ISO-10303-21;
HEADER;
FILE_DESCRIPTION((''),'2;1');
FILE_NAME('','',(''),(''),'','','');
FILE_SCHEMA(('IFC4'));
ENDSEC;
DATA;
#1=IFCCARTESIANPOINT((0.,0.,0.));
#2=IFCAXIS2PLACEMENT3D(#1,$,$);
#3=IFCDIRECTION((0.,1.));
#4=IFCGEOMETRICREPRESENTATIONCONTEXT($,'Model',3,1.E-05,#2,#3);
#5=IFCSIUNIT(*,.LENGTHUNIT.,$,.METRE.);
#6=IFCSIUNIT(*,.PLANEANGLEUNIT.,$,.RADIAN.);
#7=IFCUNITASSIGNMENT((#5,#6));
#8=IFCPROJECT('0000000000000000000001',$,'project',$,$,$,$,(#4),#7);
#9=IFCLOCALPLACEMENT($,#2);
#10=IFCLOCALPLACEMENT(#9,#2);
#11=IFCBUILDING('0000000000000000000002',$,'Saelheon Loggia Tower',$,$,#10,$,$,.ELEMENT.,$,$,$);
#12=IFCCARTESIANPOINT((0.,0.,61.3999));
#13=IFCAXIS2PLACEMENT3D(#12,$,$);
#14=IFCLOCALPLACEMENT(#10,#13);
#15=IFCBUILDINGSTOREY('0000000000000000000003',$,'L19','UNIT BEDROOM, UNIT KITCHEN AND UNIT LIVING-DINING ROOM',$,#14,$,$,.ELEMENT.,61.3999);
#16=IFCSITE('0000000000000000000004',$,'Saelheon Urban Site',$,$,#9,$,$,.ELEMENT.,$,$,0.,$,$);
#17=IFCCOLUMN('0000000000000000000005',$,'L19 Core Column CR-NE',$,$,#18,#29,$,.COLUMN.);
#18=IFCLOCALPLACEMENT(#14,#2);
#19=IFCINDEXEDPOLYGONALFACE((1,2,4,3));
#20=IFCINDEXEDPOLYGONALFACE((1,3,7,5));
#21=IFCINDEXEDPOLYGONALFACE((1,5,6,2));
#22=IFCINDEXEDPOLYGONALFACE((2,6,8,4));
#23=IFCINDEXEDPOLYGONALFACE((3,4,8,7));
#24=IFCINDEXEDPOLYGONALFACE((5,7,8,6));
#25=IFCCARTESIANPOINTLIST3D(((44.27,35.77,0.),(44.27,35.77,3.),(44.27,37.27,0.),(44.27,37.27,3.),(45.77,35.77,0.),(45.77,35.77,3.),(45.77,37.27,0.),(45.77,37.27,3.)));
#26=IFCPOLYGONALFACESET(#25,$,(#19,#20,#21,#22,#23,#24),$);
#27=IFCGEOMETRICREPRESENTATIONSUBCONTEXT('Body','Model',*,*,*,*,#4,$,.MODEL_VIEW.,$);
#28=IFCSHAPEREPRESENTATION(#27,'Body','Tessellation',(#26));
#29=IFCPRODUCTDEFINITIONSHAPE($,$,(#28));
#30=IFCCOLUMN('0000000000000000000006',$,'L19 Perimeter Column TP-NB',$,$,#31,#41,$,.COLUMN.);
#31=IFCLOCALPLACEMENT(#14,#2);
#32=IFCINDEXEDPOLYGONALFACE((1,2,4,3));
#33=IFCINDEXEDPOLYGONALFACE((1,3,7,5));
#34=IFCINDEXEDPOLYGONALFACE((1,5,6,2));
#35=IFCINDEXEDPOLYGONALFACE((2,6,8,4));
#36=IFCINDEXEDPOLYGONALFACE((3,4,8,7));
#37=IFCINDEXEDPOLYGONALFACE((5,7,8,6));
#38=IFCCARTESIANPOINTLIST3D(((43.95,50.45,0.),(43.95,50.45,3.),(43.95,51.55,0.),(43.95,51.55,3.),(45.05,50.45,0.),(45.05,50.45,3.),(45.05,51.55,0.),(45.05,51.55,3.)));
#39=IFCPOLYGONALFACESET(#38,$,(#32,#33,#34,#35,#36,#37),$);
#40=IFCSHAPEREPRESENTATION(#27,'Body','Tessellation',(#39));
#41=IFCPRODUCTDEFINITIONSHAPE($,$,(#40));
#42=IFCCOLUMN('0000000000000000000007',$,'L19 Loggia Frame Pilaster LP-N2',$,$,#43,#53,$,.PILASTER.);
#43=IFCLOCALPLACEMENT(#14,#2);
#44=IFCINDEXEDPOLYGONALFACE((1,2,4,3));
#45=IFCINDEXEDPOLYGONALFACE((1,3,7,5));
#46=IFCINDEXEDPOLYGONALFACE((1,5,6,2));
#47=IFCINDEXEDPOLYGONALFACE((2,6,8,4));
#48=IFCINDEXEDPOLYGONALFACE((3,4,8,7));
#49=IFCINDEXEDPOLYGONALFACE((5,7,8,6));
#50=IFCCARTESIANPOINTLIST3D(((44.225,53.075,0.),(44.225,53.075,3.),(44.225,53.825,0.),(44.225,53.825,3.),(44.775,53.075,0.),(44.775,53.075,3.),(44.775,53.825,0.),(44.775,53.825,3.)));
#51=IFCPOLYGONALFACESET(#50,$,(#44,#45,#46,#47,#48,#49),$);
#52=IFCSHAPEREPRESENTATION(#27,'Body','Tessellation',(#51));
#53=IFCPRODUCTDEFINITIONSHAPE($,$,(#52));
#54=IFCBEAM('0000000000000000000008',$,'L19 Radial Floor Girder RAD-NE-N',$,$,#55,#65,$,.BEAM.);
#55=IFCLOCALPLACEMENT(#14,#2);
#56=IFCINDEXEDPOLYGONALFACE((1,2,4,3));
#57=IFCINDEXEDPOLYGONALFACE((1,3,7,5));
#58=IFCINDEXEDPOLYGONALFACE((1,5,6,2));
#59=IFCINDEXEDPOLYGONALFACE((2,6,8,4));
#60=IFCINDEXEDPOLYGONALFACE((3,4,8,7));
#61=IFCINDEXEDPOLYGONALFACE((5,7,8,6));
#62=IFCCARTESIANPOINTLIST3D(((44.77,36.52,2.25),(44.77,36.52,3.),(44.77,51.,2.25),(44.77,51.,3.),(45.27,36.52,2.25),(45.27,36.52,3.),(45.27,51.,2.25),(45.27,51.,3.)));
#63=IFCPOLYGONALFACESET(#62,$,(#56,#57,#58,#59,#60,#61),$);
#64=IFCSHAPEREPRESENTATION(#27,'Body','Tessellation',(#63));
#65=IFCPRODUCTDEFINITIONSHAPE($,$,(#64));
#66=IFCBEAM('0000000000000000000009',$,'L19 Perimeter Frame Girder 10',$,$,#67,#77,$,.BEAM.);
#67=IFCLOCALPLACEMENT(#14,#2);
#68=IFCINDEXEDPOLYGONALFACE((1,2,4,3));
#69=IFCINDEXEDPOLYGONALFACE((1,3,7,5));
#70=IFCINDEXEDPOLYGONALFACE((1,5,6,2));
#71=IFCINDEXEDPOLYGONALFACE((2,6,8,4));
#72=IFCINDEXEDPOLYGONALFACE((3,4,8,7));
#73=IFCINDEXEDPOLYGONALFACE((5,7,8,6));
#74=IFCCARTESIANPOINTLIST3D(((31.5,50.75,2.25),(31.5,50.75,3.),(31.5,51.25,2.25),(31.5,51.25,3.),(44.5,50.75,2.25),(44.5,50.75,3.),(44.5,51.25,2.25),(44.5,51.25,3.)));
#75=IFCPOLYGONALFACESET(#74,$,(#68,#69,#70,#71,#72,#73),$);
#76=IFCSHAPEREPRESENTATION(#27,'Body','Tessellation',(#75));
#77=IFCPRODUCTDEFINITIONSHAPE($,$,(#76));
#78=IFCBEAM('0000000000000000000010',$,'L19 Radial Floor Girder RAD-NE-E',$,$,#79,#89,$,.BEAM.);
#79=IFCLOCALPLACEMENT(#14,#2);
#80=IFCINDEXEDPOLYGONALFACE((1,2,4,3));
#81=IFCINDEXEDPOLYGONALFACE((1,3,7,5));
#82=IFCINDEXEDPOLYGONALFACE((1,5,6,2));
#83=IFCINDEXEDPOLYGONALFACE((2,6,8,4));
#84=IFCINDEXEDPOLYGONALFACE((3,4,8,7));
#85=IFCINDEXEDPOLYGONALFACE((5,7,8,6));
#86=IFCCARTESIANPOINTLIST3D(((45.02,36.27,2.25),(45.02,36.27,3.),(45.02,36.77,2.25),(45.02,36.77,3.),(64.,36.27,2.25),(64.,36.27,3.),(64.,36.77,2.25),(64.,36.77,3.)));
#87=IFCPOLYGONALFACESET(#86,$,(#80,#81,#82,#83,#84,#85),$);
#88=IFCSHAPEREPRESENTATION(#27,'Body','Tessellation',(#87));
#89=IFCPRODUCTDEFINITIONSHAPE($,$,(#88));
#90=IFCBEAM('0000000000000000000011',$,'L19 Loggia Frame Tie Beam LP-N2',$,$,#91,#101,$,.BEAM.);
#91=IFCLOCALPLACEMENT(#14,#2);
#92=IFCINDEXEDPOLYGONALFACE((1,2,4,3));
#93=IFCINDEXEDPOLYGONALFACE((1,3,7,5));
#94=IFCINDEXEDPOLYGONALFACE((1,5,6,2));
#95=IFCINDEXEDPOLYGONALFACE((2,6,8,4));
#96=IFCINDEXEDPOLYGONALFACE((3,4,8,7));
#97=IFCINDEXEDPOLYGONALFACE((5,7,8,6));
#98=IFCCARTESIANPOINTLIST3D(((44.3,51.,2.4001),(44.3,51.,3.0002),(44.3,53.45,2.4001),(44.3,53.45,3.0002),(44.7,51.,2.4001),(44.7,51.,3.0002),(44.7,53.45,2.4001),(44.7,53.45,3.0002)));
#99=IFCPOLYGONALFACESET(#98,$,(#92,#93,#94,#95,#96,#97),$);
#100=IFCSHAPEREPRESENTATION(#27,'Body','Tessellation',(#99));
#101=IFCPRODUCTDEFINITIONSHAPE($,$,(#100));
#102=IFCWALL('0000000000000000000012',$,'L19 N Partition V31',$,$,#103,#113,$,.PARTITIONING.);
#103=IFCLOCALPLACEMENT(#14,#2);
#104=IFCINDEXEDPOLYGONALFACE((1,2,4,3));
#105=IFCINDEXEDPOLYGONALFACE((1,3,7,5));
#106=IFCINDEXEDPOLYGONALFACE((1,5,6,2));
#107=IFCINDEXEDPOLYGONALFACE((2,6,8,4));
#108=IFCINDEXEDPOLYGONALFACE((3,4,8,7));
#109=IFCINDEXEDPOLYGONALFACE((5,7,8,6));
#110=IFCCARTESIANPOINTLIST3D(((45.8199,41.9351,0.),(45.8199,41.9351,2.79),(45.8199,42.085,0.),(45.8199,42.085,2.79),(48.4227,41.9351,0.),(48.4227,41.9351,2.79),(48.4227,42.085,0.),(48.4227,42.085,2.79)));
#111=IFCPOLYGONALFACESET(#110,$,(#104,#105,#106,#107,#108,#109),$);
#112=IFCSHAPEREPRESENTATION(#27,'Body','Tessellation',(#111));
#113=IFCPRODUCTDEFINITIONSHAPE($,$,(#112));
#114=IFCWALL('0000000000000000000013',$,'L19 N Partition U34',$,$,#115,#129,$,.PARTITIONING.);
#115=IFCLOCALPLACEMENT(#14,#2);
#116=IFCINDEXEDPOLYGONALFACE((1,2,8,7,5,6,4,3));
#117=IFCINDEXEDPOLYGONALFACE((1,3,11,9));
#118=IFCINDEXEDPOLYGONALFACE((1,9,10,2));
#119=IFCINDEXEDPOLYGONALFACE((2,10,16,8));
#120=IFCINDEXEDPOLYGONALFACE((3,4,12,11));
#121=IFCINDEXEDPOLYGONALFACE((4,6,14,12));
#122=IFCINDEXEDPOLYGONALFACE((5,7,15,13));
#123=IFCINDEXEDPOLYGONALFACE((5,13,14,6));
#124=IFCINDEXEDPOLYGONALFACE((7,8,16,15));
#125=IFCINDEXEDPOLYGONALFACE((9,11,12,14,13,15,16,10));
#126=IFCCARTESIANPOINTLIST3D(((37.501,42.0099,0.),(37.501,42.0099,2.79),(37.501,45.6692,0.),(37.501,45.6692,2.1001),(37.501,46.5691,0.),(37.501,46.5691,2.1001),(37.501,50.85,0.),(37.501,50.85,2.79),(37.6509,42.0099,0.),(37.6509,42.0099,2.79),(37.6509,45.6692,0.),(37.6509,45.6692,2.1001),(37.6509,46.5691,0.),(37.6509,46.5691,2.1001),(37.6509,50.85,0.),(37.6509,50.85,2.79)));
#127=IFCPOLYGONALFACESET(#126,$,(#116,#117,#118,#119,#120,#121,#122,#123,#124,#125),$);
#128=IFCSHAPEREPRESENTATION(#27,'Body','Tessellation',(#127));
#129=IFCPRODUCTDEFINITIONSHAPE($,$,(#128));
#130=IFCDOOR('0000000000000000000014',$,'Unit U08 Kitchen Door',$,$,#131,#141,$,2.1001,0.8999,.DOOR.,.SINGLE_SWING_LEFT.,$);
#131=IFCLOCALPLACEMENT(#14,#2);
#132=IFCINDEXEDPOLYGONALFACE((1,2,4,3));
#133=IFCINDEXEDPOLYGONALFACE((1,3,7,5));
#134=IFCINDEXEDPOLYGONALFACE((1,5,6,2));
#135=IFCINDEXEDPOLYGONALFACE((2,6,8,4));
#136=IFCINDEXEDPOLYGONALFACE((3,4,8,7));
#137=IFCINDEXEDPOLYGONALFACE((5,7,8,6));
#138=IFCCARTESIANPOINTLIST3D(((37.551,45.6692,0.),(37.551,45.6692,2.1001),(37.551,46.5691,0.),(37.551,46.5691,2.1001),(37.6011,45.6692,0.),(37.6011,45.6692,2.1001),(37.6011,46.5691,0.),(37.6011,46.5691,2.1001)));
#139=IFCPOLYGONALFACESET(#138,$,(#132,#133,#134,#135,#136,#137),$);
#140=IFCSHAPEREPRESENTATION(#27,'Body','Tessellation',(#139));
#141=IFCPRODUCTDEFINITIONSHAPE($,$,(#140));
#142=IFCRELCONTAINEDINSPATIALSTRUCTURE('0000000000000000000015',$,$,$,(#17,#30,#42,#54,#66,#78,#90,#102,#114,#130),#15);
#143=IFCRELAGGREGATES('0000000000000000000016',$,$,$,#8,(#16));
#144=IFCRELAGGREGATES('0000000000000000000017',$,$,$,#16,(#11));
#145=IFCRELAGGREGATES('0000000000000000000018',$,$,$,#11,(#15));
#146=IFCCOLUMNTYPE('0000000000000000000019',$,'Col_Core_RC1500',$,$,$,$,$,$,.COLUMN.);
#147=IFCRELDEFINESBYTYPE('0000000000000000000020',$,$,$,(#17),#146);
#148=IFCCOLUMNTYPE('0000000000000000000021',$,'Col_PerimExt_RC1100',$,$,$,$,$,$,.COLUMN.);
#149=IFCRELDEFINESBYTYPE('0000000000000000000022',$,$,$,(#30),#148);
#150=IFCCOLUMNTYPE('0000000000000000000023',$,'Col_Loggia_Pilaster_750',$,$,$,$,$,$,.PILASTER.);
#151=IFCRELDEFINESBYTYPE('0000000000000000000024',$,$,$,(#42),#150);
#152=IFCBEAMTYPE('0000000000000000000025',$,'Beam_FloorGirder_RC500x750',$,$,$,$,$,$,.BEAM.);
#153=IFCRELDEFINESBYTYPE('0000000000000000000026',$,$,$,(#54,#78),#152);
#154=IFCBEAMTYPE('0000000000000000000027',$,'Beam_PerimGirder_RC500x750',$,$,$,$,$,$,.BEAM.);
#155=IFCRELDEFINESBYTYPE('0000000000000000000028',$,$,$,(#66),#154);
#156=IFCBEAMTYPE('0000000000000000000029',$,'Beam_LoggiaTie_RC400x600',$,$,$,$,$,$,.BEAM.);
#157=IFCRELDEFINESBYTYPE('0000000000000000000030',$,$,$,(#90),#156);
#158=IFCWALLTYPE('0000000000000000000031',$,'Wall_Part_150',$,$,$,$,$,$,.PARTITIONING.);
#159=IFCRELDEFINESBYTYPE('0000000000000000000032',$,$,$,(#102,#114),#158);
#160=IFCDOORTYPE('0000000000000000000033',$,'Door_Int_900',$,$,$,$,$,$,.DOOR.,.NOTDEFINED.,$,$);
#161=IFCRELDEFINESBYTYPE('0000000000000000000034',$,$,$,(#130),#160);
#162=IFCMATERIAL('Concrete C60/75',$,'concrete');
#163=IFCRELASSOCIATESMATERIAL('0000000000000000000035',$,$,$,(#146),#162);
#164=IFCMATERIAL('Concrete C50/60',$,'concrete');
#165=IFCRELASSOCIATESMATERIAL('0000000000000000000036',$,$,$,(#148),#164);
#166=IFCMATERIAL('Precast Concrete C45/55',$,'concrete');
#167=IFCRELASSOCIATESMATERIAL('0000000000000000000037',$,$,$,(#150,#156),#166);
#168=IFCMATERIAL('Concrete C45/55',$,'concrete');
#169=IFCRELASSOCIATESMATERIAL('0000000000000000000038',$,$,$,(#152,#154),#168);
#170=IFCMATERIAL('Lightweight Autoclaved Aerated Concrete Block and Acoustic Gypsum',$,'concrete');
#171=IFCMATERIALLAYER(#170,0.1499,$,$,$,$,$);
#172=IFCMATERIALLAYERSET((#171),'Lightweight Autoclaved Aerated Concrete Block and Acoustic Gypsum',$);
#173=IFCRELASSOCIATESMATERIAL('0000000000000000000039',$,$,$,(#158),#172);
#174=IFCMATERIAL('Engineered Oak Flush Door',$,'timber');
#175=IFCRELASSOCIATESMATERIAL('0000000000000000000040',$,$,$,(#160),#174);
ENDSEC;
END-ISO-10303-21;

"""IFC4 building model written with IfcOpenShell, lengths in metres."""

from ifc_helpers import new_model, si_unit, direction, frame, frame_2d, origin, origin_2d, place, context, subcontext, project, spatial, rectangle, extrude, source, transform, mapped, material, layer, layer_set, material_profile, profile_set, type_object, element, fill, save


model = new_model("IFC4")

# Units and contexts
model_context = context("Model", 3, precision=1e-05, world=origin(), true_north=direction((0.0, 1.0)))
body_context = subcontext(model_context, "Body", "Model", "MODEL_VIEW")
ifc_project = project(units=[si_unit("LENGTHUNIT", "METRE"), si_unit("PLANEANGLEUNIT", "RADIAN")], contexts=[model_context])

# Site, building, storey
site_placement = place(None, origin())
site = spatial("IfcSite", under=ifc_project, at=site_placement, Name="Saelheon Urban Site", CompositionType="ELEMENT", RefElevation=0.0)
building_placement = place(site_placement, origin())
building = spatial("IfcBuilding", under=site, at=building_placement, Name="Saelheon Loggia Tower", CompositionType="ELEMENT")
storey_placement = place(building_placement, frame((0.0, 0.0, 61.3999)))
storey = spatial("IfcBuildingStorey", under=building, at=storey_placement, Name="L19", Description="UNIT BEDROOM, UNIT KITCHEN AND UNIT LIVING-DINING ROOM", CompositionType="ELEMENT", Elevation=61.3999)

# Columns
ifc_material_1 = material(Name="Concrete C60/75", Category="concrete")
ifc_material_profile_1 = material_profile(ifc_material_1, rectangle(XDim=1.5, YDim=1.5, at=origin_2d()), Name="RC-1500x1500")
ifc_profile_set_1 = profile_set([ifc_material_profile_1], Name="Concrete C60/75")
column_type_1 = type_object("IfcColumnType", Name="Col_Core_RC1500", PredefinedType="COLUMN", material=ifc_profile_set_1)
shared_shape_1 = source(origin(), body_context, "Body", "SweptSolid", [
    extrude(rectangle(XDim=1.5, YDim=1.5, at=origin_2d()), origin(), (0.0, 0.0, 1.0), 3.0),
])
column_1_placement = place(storey_placement, frame((45.02, 36.52, 0.0), z_axis=(0.0, 0.0, 1.0), x_axis=(1.0, 0.0, 0.0)))
element("IfcColumn", 1, at=column_1_placement, inside=storey, type_object=column_type_1, Name="L19 Core Column CR-NE", PredefinedType="COLUMN", context=body_context, shape_type="MappedRepresentation", body=[
    mapped(shared_shape_1, transform((0.0, 0.0, 0.0), scale=1.0)),
])
ifc_material_2 = material(Name="Concrete C50/60", Category="concrete")
ifc_material_profile_2 = material_profile(ifc_material_2, rectangle(XDim=1.1001, YDim=1.1001, at=origin_2d()), Name="RC-1100x1100")
ifc_profile_set_2 = profile_set([ifc_material_profile_2], Name="Concrete C50/60")
column_type_2 = type_object("IfcColumnType", Name="Col_PerimExt_RC1100", PredefinedType="COLUMN", material=ifc_profile_set_2)
shared_shape_2 = source(origin(), body_context, "Body", "SweptSolid", [
    extrude(rectangle(XDim=1.1001, YDim=1.1001, at=origin_2d()), origin(), (0.0, 0.0, 1.0), 3.0),
])
column_2_placement = place(storey_placement, frame((44.5, 51.0, 0.0), z_axis=(0.0, 0.0, 1.0), x_axis=(1.0, 0.0, 0.0)))
element("IfcColumn", 2, at=column_2_placement, inside=storey, type_object=column_type_2, Name="L19 Perimeter Column TP-NB", PredefinedType="COLUMN", context=body_context, shape_type="MappedRepresentation", body=[
    mapped(shared_shape_2, transform((0.0, 0.0, 0.0), scale=1.0)),
])
ifc_material_3 = material(Name="Precast Concrete C45/55", Category="concrete")
ifc_material_profile_3 = material_profile(ifc_material_3, rectangle(XDim=0.55, YDim=0.75, at=origin_2d()), Name="RC-550x750")
ifc_profile_set_3 = profile_set([ifc_material_profile_3], Name="Precast Concrete C45/55")
column_type_3 = type_object("IfcColumnType", Name="Col_Loggia_Pilaster_750", PredefinedType="PILASTER", material=ifc_profile_set_3)
shared_shape_3 = source(origin(), body_context, "Body", "SweptSolid", [
    extrude(rectangle(XDim=0.55, YDim=0.75, at=origin_2d()), origin(), (0.0, 0.0, 1.0), 3.0),
])
column_3_placement = place(storey_placement, frame((44.5, 53.45, 0.0), z_axis=(0.0, 0.0, 1.0), x_axis=(1.0, 0.0, 0.0)))
element("IfcColumn", 3, at=column_3_placement, inside=storey, type_object=column_type_3, Name="L19 Loggia Frame Pilaster LP-N2", PredefinedType="PILASTER", context=body_context, shape_type="MappedRepresentation", body=[
    mapped(shared_shape_3, transform((0.0, 0.0, 0.0), scale=1.0)),
])

# Beams
ifc_material_4 = material(Name="Concrete C45/55", Category="concrete")
ifc_material_profile_4 = material_profile(ifc_material_4, rectangle(XDim=0.5, YDim=0.75, at=origin_2d()), Name="RC-500x750")
ifc_profile_set_4 = profile_set([ifc_material_profile_4], Name="Concrete C45/55")
beam_type_1 = type_object("IfcBeamType", Name="Beam_FloorGirder_RC500x750", PredefinedType="BEAM", material=ifc_profile_set_4)
shared_shape_4 = source(origin(), body_context, "Body", "SweptSolid", [
    extrude(rectangle(XDim=0.5, YDim=0.75, at=origin_2d()), origin(), (0.0, 0.0, 1.0), 14.48),
])
beam_1_placement = place(storey_placement, frame((45.02, 36.52, 2.625), z_axis=(0.0, 1.0, 0.0), x_axis=(-1.0, 0.0, 0.0)))
element("IfcBeam", 4, at=beam_1_placement, inside=storey, type_object=beam_type_1, Name="L19 Radial Floor Girder RAD-NE-N", PredefinedType="BEAM", context=body_context, shape_type="MappedRepresentation", body=[
    mapped(shared_shape_4, transform((0.0, 0.0, 0.0), scale=1.0)),
])
ifc_material_profile_5 = material_profile(ifc_material_4, rectangle(XDim=0.5, YDim=0.75, at=origin_2d()), Name="RC-500x750")
ifc_profile_set_5 = profile_set([ifc_material_profile_5], Name="Concrete C45/55")
beam_type_2 = type_object("IfcBeamType", Name="Beam_PerimGirder_RC500x750", PredefinedType="BEAM", material=ifc_profile_set_5)
shared_shape_5 = source(origin(), body_context, "Body", "SweptSolid", [
    extrude(rectangle(XDim=0.5, YDim=0.75, at=origin_2d()), origin(), (0.0, 0.0, 1.0), 13.0),
])
beam_2_placement = place(storey_placement, frame((44.5, 51.0, 2.625), z_axis=(-1.0, 0.0, 0.0), x_axis=(0.0, -1.0, 0.0)))
element("IfcBeam", 5, at=beam_2_placement, inside=storey, type_object=beam_type_2, Name="L19 Perimeter Frame Girder 10", PredefinedType="BEAM", context=body_context, shape_type="MappedRepresentation", body=[
    mapped(shared_shape_5, transform((0.0, 0.0, 0.0), scale=1.0)),
])
shared_shape_6 = source(origin(), body_context, "Body", "SweptSolid", [
    extrude(rectangle(XDim=0.5, YDim=0.75, at=origin_2d()), origin(), (0.0, 0.0, 1.0), 18.98),
])
beam_3_placement = place(storey_placement, frame((45.02, 36.52, 2.625), z_axis=(1.0, 0.0, 0.0), x_axis=(0.0, 1.0, 0.0)))
element("IfcBeam", 6, at=beam_3_placement, inside=storey, type_object=beam_type_1, Name="L19 Radial Floor Girder RAD-NE-E", PredefinedType="BEAM", context=body_context, shape_type="MappedRepresentation", body=[
    mapped(shared_shape_6, transform((0.0, 0.0, 0.0), scale=1.0)),
])
ifc_material_profile_6 = material_profile(ifc_material_3, rectangle(XDim=0.3999, YDim=0.6001, at=origin_2d()), Name="RC-400x600")
ifc_profile_set_6 = profile_set([ifc_material_profile_6], Name="Precast Concrete C45/55")
beam_type_3 = type_object("IfcBeamType", Name="Beam_LoggiaTie_RC400x600", PredefinedType="BEAM", material=ifc_profile_set_6)
shared_shape_7 = source(origin(), body_context, "Body", "SweptSolid", [
    extrude(rectangle(XDim=0.3999, YDim=0.6001, at=origin_2d()), origin(), (0.0, 0.0, 1.0), 2.45),
])
beam_4_placement = place(storey_placement, frame((44.5, 51.0, 2.7002), z_axis=(0.0, 1.0, 0.0), x_axis=(-1.0, 0.0, 0.0)))
element("IfcBeam", 7, at=beam_4_placement, inside=storey, type_object=beam_type_3, Name="L19 Loggia Frame Tie Beam LP-N2", PredefinedType="BEAM", context=body_context, shape_type="MappedRepresentation", body=[
    mapped(shared_shape_7, transform((0.0, 0.0, 0.0), scale=1.0)),
])

# Wall
ifc_material_5 = material(Name="Lightweight Autoclaved Aerated Concrete Block and Acoustic Gypsum", Category="concrete")
ifc_layer_1 = layer(ifc_material_5, 0.1499)
ifc_layer_set_1 = layer_set([ifc_layer_1], Name="Lightweight Autoclaved Aerated Concrete Block and Acoustic Gypsum")
wall_type_1 = type_object("IfcWallType", Name="Wall_Part_150", PredefinedType="PARTITIONING", material=ifc_layer_set_1)
wall_1_placement = place(storey_placement, frame((45.8201, 42.01, 0.0), z_axis=(0.0, 0.0, 1.0), x_axis=(1.0, 0.0, 0.0)))
element("IfcWall", 8, at=wall_1_placement, inside=storey, type_object=wall_type_1, Name="L19 N Partition V31", PredefinedType="PARTITIONING", context=body_context, shape_type="SweptSolid", body=[
    extrude(rectangle(XDim=2.6028, YDim=0.1499, at=frame_2d((1.3013, 0.0))), origin(), (0.0, 0.0, 1.0), 2.79),
])

# Wall, opening, door
wall_2_placement = place(storey_placement, frame((37.5759, 42.01, 0.0), z_axis=(0.0, 0.0, 1.0), x_axis=(0.0, 1.0, 0.0)))
wall_2 = element("IfcWall", 9, at=wall_2_placement, inside=storey, type_object=wall_type_1, Name="L19 N Partition U34", PredefinedType="PARTITIONING", context=body_context, shape_type="SweptSolid", body=[
    extrude(rectangle(XDim=8.8401, YDim=0.1499, at=frame_2d((4.4199, 0.0))), origin(), (0.0, 0.0, 1.0), 2.79),
])
opening_1_placement = place(wall_2_placement, frame((3.6592, 0.0, 0.0)))
opening_1 = element("IfcOpeningElement", 10, at=opening_1_placement, cuts=wall_2, PredefinedType="OPENING", context=body_context, shape_type="SweptSolid", body=[
    extrude(rectangle(XDim=0.8999, YDim=2.1001, at=frame_2d((0.45, 1.05))), frame((0.0, 0.0869, 0.0), z_axis=(0.0, -1.0, 0.0), x_axis=(1.0, 0.0, 0.0)), (0.0, 0.0, 1.0), 0.1738),
])
ifc_material_6 = material(Name="Engineered Oak Flush Door", Category="timber")
door_type_1 = type_object("IfcDoorType", Name="Door_Int_900", OperationType="NOTDEFINED", PredefinedType="DOOR", material=ifc_material_6)
shared_shape_8 = source(origin(), body_context, "Body", "SweptSolid", [
    extrude(rectangle(XDim=0.8999, YDim=2.1001, at=frame_2d((0.45, 1.05))), frame((0.0, 0.0249, 0.0), z_axis=(0.0, -1.0, 0.0), x_axis=(1.0, 0.0, 0.0)), (0.0, 0.0, 1.0), 0.05),
])
door_1_placement = place(opening_1_placement, origin())
door_1 = element("IfcDoor", 11, at=door_1_placement, inside=storey, type_object=door_type_1, Name="Unit U08 Kitchen Door", OperationType="SINGLE_SWING_LEFT", OverallHeight=2.1001, OverallWidth=0.8999, PredefinedType="DOOR", context=body_context, shape_type="MappedRepresentation", body=[
    mapped(shared_shape_8, transform((0.0, 0.0, 0.0), scale=1.0)),
])
fill(opening_1, door_1)

save(model, "model.ifc")
